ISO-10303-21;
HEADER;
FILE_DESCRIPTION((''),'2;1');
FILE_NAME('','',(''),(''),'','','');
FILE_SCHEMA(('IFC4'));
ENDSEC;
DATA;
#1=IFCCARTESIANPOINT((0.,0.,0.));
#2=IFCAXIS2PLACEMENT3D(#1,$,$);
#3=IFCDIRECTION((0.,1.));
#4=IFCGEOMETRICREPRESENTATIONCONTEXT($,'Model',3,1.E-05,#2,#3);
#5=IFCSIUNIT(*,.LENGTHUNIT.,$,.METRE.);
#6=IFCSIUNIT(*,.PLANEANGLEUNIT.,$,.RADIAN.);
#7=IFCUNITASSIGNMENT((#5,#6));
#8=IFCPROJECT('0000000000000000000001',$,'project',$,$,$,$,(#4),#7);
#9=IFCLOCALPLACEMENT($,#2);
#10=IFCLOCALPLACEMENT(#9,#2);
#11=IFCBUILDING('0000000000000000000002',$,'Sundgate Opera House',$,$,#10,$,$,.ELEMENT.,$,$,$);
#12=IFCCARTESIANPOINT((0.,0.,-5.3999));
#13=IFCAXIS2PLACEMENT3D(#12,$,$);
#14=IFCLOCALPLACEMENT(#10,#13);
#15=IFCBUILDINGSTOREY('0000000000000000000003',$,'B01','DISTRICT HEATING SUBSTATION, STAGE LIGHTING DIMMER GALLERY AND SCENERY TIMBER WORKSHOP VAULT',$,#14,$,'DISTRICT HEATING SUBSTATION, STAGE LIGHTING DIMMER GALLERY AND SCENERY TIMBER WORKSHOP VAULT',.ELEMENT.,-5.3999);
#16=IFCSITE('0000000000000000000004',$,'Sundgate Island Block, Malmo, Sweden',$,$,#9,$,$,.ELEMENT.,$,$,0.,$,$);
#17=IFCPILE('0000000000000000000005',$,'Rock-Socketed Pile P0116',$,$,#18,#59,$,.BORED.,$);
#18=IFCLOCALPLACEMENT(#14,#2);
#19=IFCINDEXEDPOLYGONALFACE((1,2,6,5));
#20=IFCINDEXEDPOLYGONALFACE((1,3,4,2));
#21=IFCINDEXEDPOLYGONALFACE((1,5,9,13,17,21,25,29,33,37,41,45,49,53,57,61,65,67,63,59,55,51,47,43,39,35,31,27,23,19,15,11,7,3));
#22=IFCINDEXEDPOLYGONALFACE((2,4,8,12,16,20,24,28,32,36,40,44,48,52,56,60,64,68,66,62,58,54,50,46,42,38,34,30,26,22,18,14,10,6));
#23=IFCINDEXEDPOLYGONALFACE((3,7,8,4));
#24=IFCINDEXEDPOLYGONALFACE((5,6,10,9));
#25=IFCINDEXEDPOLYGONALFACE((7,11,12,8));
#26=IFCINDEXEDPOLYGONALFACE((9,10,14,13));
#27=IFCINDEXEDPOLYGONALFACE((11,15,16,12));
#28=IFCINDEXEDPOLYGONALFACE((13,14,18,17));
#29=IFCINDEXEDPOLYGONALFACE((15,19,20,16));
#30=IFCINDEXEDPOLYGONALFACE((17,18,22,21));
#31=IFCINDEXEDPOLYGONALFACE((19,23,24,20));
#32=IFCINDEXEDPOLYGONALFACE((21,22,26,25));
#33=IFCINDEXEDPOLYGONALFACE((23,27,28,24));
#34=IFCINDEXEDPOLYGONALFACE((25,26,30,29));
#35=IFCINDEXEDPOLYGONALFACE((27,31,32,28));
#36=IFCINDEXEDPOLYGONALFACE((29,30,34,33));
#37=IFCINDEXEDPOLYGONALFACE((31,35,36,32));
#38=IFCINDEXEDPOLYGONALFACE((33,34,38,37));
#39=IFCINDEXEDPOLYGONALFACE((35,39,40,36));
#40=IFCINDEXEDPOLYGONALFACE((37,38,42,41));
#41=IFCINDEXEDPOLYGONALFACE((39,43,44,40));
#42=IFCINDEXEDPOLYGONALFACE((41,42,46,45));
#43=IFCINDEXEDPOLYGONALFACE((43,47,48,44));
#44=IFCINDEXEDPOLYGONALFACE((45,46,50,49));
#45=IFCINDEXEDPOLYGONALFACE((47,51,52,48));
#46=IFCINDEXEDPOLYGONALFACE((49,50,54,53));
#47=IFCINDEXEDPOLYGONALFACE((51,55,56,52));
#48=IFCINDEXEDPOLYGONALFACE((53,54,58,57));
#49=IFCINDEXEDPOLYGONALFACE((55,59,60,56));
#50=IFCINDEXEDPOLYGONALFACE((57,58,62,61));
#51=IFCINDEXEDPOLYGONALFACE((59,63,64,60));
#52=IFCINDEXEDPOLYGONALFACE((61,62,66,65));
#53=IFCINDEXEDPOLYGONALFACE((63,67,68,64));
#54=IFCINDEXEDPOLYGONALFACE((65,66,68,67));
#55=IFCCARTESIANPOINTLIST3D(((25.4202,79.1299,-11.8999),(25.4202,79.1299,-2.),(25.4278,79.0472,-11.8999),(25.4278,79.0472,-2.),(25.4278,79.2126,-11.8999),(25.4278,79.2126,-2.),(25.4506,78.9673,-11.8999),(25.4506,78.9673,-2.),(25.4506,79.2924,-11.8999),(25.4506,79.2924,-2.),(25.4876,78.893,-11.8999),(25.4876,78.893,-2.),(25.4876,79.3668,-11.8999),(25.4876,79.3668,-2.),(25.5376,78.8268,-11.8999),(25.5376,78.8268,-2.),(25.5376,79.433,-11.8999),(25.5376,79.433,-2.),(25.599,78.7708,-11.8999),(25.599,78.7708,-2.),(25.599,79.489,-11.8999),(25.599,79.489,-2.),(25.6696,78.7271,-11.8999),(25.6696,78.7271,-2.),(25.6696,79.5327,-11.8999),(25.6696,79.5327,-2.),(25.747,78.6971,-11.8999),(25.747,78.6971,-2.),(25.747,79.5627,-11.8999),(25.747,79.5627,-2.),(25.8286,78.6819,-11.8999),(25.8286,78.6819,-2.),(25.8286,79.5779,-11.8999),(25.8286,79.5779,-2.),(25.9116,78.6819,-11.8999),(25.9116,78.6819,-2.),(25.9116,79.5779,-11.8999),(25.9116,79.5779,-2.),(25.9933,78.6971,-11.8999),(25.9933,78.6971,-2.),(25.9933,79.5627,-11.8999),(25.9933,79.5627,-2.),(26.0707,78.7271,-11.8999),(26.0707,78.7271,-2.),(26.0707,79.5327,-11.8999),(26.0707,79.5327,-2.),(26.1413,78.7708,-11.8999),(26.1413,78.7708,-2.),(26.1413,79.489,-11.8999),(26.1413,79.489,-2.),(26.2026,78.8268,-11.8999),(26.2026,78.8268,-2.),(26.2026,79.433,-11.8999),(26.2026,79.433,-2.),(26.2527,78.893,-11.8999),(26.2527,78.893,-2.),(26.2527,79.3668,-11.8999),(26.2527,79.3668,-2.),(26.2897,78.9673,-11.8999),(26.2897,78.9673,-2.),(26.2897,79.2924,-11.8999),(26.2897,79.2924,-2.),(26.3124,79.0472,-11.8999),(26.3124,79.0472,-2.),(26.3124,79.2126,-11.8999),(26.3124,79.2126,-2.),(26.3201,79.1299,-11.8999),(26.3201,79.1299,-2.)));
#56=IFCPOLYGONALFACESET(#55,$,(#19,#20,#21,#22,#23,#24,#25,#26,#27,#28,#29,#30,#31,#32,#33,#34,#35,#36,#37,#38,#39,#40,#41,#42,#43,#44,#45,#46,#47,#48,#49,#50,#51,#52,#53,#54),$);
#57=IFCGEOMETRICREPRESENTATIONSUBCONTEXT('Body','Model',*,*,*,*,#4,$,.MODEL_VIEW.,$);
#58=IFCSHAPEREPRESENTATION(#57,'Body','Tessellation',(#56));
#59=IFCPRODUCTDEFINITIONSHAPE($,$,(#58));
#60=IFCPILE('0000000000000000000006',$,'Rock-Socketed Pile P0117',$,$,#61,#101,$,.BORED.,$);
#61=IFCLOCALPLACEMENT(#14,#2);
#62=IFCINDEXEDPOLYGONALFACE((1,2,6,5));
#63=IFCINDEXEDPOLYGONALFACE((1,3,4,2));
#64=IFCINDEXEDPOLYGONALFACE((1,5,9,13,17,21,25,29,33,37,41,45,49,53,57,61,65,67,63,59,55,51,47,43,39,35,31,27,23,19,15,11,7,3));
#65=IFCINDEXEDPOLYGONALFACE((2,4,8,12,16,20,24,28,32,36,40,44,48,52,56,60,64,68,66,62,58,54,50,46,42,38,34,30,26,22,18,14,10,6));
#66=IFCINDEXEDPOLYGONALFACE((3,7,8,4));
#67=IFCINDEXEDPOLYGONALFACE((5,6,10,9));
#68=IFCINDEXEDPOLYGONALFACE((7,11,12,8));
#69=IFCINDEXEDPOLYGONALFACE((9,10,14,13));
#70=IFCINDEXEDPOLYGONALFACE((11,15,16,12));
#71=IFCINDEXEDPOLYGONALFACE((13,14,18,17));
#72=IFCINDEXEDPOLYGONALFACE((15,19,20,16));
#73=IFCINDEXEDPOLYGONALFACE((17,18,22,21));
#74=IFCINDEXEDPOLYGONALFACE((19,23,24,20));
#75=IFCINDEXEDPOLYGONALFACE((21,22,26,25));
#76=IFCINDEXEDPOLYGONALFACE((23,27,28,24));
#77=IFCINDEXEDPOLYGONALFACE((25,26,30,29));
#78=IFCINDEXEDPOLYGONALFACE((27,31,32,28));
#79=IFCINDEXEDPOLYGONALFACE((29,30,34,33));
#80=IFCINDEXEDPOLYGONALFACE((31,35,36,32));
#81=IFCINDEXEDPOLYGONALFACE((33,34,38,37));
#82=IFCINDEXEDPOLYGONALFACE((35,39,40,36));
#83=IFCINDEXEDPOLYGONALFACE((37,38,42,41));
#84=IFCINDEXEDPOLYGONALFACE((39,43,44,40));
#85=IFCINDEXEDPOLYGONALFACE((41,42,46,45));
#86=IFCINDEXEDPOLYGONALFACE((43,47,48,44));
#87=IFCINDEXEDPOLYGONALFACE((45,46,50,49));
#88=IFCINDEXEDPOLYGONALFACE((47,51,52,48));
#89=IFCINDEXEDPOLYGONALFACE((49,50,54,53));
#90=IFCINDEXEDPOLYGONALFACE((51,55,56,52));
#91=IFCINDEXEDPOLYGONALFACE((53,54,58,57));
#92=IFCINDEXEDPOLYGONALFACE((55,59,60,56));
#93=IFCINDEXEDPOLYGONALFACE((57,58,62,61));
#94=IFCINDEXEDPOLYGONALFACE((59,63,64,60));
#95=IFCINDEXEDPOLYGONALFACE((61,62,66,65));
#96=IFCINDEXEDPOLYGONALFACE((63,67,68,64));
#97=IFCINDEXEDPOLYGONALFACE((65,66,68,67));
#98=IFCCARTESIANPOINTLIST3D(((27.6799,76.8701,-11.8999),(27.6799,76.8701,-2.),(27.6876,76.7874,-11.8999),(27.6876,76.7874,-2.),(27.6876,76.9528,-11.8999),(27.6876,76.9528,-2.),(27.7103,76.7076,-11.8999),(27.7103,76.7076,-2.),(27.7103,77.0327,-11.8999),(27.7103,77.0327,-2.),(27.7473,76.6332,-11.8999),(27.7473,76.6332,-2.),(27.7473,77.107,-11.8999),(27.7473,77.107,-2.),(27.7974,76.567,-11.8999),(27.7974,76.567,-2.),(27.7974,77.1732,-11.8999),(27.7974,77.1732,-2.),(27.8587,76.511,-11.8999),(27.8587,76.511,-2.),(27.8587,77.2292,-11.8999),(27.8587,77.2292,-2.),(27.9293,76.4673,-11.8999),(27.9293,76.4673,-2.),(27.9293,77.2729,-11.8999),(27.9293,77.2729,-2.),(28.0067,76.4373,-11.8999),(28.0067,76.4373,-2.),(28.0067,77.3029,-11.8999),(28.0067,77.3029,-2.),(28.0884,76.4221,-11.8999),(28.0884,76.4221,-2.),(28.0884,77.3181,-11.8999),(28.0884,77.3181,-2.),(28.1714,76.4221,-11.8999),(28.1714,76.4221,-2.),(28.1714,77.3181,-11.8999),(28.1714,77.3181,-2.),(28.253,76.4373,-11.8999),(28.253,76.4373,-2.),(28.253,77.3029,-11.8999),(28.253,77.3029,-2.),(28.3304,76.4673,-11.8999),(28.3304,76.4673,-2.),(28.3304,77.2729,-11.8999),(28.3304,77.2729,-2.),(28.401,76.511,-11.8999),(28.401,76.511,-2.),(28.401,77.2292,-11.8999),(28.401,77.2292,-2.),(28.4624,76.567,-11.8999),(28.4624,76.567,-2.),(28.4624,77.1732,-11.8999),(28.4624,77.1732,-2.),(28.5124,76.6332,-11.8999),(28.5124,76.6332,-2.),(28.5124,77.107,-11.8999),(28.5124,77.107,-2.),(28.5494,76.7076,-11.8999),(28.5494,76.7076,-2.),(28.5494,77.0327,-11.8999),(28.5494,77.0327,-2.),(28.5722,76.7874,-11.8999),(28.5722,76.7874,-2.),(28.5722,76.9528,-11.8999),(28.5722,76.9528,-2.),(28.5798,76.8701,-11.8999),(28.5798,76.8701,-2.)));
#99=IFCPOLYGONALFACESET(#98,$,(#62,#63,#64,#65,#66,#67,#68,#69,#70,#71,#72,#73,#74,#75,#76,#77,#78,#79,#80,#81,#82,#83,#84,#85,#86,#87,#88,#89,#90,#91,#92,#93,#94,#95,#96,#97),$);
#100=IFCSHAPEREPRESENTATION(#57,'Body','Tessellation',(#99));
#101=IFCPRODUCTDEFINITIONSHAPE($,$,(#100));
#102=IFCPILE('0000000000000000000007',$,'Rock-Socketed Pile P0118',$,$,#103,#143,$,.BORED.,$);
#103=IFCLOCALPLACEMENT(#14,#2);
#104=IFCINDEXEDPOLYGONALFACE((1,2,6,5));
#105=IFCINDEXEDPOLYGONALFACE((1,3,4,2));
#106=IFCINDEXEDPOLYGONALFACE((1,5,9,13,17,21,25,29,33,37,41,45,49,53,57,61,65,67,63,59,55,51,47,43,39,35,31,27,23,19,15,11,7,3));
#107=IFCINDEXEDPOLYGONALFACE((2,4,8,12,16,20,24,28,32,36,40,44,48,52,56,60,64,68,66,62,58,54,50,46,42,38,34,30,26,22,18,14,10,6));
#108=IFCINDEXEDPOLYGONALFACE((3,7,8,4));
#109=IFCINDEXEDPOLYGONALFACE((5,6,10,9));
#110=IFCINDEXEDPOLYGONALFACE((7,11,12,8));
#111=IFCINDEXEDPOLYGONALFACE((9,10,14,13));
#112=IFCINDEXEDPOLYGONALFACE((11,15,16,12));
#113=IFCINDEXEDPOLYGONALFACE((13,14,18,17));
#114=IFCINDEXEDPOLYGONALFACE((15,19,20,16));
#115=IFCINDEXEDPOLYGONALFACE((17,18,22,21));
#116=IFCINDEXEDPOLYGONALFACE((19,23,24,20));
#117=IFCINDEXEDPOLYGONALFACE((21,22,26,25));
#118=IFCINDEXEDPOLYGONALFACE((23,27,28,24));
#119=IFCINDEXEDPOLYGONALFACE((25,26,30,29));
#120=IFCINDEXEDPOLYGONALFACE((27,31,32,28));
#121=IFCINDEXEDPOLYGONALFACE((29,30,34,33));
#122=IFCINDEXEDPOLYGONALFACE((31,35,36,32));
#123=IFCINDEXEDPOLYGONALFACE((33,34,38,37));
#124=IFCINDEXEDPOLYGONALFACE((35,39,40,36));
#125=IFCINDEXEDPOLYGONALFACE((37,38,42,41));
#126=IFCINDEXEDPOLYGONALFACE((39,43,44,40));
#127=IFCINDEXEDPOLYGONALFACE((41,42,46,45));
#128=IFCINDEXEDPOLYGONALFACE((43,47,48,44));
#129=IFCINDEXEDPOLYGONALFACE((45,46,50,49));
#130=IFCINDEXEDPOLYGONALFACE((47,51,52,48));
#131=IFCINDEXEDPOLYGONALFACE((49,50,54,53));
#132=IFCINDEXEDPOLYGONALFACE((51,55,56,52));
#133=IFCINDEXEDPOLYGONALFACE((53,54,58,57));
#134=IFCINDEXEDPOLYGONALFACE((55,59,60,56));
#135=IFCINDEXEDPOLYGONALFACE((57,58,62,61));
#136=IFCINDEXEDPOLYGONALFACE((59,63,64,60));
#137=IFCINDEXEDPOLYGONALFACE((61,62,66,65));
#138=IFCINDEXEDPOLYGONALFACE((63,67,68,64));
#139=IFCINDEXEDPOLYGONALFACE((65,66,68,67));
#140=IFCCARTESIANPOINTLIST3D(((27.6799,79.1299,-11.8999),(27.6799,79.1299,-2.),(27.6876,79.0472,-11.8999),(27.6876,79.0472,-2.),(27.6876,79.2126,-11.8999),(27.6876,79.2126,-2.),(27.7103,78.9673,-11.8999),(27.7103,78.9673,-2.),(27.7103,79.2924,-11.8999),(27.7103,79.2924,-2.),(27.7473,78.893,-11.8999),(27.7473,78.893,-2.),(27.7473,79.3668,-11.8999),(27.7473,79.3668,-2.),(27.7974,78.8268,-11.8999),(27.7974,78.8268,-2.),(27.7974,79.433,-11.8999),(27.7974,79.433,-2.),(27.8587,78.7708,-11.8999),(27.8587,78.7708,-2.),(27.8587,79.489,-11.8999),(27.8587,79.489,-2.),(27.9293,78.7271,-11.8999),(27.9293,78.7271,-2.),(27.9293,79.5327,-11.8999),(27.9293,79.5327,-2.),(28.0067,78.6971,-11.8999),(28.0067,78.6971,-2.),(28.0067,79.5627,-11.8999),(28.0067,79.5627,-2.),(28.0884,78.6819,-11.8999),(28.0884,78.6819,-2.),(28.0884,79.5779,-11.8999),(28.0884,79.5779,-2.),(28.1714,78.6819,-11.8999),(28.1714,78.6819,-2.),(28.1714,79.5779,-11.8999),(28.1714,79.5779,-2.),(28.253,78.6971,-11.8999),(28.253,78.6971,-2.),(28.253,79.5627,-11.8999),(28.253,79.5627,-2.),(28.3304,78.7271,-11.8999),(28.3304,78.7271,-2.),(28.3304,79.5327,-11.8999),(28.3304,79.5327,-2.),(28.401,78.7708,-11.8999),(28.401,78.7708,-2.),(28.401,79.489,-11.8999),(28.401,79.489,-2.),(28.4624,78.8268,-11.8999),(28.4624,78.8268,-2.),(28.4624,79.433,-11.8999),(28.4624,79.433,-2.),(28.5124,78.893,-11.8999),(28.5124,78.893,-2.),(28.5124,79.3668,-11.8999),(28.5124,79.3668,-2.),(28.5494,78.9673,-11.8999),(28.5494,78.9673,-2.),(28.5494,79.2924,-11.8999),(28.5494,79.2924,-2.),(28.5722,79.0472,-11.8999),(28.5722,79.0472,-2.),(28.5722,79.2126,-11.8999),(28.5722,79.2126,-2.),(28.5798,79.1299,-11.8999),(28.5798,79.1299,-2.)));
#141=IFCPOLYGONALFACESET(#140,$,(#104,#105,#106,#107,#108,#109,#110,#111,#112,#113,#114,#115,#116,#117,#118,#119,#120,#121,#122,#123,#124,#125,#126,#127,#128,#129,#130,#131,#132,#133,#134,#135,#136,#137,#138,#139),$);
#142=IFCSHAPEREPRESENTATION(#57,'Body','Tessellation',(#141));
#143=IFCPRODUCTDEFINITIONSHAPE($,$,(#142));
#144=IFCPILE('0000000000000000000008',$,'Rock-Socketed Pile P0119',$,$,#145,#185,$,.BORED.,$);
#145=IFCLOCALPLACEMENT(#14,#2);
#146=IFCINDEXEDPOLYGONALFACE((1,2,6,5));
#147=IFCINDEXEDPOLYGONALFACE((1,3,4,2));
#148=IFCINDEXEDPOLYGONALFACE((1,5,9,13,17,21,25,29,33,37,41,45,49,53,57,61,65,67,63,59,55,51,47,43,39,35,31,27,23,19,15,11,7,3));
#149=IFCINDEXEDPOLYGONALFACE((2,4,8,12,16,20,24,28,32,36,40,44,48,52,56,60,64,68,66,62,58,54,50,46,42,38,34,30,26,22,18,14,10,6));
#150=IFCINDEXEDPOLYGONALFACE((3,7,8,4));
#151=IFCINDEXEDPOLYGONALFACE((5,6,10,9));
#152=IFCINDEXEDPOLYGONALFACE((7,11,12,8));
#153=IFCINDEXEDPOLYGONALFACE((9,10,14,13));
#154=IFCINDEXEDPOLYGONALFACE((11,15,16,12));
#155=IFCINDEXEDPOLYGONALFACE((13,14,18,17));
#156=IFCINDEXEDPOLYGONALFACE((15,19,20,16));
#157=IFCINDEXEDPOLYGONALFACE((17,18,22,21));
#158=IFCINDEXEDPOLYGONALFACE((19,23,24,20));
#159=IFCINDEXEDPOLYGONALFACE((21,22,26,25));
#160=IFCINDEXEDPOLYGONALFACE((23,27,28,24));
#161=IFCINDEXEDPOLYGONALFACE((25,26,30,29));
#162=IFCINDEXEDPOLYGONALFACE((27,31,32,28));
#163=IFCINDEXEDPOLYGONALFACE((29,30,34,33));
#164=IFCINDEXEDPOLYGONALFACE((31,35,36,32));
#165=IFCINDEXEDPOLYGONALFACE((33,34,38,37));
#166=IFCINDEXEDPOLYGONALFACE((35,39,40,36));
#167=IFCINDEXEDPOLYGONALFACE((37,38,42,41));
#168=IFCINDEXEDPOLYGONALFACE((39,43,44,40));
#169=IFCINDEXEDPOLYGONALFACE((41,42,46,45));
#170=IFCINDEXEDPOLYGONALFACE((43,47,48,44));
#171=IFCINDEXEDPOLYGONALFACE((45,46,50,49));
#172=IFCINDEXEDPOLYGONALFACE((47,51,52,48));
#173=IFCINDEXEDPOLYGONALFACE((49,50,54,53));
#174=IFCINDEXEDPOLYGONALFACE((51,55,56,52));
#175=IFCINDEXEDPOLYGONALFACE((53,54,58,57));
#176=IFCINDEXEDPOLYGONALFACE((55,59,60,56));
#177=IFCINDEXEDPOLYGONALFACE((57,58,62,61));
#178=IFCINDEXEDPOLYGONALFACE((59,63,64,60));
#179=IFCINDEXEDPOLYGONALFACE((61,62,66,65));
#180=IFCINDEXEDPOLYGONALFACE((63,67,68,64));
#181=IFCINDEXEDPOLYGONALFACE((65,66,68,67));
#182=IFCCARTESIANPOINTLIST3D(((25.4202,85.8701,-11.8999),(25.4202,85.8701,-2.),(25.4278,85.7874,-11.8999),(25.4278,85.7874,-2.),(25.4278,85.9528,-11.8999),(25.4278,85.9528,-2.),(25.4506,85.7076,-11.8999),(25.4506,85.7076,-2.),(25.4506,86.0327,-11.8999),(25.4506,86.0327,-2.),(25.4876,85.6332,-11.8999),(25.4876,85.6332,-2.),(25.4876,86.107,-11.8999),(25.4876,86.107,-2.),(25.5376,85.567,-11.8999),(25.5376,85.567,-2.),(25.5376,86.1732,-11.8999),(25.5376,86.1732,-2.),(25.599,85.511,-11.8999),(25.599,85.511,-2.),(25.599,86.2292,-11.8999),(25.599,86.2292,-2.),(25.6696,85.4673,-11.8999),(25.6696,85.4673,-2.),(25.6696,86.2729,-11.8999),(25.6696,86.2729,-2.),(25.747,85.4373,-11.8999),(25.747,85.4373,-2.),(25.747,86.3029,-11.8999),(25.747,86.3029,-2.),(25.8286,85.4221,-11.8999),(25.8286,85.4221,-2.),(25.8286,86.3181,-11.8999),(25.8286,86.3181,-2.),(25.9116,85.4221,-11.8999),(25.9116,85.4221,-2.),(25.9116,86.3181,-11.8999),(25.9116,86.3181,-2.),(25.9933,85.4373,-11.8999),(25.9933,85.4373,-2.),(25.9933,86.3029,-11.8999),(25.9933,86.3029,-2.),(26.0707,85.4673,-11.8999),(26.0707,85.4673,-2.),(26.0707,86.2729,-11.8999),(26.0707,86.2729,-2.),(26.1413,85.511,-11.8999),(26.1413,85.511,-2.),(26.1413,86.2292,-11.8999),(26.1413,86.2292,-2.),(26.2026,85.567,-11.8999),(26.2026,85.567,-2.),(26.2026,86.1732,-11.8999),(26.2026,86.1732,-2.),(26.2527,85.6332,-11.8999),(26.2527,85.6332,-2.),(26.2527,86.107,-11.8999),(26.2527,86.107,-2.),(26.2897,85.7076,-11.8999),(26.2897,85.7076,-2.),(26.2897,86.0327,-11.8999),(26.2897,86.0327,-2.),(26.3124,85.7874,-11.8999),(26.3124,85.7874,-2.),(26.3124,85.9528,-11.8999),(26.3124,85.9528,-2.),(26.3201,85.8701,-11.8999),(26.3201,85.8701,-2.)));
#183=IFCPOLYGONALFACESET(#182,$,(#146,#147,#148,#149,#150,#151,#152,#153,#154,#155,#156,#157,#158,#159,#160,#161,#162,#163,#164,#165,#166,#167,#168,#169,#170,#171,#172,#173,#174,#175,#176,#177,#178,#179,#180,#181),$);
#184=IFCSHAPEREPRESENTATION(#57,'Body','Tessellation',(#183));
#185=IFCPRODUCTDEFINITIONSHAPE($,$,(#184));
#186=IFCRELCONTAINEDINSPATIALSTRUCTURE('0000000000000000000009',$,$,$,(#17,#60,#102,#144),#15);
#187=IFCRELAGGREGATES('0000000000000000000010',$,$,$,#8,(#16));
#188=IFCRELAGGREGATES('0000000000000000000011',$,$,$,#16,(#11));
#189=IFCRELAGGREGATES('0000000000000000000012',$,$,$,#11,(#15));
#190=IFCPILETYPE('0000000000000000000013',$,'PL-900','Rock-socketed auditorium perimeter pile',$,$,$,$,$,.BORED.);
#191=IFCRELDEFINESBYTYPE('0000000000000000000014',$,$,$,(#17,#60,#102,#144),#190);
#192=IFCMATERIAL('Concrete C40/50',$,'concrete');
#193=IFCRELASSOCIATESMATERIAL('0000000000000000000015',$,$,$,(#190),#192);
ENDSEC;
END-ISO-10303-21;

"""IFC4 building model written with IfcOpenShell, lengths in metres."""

from ifc_helpers import new_model, si_unit, direction, frame, origin, origin_2d, place, context, subcontext, project, spatial, circle, extrude, material, material_profile, profile_set, type_object, element, save


model = new_model("IFC4")

# Units and contexts
model_context = context("Model", 3, precision=1e-05, world=origin(), true_north=direction((0.0, 1.0)))
body_context = subcontext(model_context, "Body", "Model", "MODEL_VIEW")
ifc_project = project(units=[si_unit("LENGTHUNIT", "METRE"), si_unit("PLANEANGLEUNIT", "RADIAN")], contexts=[model_context])

# Site, building, storey
site_placement = place(None, origin())
site = spatial("IfcSite", under=ifc_project, at=site_placement, Name="Sundgate Island Block, Malmo, Sweden", CompositionType="ELEMENT", RefElevation=0.0)
building_placement = place(site_placement, origin())
building = spatial("IfcBuilding", under=site, at=building_placement, Name="Sundgate Opera House", CompositionType="ELEMENT")
storey_placement = place(building_placement, frame((0.0, 0.0, -5.3999)))
storey = spatial("IfcBuildingStorey", under=building, at=storey_placement, Name="B01", Description="DISTRICT HEATING SUBSTATION, STAGE LIGHTING DIMMER GALLERY AND SCENERY TIMBER WORKSHOP VAULT", LongName="DISTRICT HEATING SUBSTATION, STAGE LIGHTING DIMMER GALLERY AND SCENERY TIMBER WORKSHOP VAULT", CompositionType="ELEMENT", Elevation=-5.3999)

# Piles
ifc_material_1 = material(Name="Concrete C40/50", Category="concrete")
ifc_material_profile_1 = material_profile(ifc_material_1, circle(Radius=0.45, at=origin_2d()), Name="PILE D900")
ifc_profile_set_1 = profile_set([ifc_material_profile_1], Name="Concrete C40/50")
pile_type_1 = type_object("IfcPileType", Name="PL-900", Description="Rock-socketed auditorium perimeter pile", PredefinedType="BORED", material=ifc_profile_set_1)
for number, where, z_axis, x_axis, name in (
    (1, (25.8701, 79.1299, -2.0), (0.0, 0.0, -1.0), (1.0, 0.0, 0.0), "Rock-Socketed Pile P0116"),
    (2, (28.1299, 76.8701, -2.0), (0.0, 0.0, -1.0), (1.0, 0.0, 0.0), "Rock-Socketed Pile P0117"),
    (3, (28.1299, 79.1299, -2.0), (0.0, 0.0, -1.0), (1.0, 0.0, 0.0), "Rock-Socketed Pile P0118"),
    (4, (25.8701, 85.8701, -2.0), (0.0, 0.0, -1.0), (1.0, 0.0, 0.0), "Rock-Socketed Pile P0119"),
):
    element("IfcPile", number, at=place(storey_placement, frame(where, z_axis=z_axis, x_axis=x_axis)), inside=storey, type_object=pile_type_1, Name=name, PredefinedType="BORED", context=body_context, shape_type="SweptSolid", body=[
        extrude(circle(Radius=0.45, at=origin_2d()), origin(), (0.0, 0.0, 1.0), 9.8999),
    ])

save(model, "model.ifc")
